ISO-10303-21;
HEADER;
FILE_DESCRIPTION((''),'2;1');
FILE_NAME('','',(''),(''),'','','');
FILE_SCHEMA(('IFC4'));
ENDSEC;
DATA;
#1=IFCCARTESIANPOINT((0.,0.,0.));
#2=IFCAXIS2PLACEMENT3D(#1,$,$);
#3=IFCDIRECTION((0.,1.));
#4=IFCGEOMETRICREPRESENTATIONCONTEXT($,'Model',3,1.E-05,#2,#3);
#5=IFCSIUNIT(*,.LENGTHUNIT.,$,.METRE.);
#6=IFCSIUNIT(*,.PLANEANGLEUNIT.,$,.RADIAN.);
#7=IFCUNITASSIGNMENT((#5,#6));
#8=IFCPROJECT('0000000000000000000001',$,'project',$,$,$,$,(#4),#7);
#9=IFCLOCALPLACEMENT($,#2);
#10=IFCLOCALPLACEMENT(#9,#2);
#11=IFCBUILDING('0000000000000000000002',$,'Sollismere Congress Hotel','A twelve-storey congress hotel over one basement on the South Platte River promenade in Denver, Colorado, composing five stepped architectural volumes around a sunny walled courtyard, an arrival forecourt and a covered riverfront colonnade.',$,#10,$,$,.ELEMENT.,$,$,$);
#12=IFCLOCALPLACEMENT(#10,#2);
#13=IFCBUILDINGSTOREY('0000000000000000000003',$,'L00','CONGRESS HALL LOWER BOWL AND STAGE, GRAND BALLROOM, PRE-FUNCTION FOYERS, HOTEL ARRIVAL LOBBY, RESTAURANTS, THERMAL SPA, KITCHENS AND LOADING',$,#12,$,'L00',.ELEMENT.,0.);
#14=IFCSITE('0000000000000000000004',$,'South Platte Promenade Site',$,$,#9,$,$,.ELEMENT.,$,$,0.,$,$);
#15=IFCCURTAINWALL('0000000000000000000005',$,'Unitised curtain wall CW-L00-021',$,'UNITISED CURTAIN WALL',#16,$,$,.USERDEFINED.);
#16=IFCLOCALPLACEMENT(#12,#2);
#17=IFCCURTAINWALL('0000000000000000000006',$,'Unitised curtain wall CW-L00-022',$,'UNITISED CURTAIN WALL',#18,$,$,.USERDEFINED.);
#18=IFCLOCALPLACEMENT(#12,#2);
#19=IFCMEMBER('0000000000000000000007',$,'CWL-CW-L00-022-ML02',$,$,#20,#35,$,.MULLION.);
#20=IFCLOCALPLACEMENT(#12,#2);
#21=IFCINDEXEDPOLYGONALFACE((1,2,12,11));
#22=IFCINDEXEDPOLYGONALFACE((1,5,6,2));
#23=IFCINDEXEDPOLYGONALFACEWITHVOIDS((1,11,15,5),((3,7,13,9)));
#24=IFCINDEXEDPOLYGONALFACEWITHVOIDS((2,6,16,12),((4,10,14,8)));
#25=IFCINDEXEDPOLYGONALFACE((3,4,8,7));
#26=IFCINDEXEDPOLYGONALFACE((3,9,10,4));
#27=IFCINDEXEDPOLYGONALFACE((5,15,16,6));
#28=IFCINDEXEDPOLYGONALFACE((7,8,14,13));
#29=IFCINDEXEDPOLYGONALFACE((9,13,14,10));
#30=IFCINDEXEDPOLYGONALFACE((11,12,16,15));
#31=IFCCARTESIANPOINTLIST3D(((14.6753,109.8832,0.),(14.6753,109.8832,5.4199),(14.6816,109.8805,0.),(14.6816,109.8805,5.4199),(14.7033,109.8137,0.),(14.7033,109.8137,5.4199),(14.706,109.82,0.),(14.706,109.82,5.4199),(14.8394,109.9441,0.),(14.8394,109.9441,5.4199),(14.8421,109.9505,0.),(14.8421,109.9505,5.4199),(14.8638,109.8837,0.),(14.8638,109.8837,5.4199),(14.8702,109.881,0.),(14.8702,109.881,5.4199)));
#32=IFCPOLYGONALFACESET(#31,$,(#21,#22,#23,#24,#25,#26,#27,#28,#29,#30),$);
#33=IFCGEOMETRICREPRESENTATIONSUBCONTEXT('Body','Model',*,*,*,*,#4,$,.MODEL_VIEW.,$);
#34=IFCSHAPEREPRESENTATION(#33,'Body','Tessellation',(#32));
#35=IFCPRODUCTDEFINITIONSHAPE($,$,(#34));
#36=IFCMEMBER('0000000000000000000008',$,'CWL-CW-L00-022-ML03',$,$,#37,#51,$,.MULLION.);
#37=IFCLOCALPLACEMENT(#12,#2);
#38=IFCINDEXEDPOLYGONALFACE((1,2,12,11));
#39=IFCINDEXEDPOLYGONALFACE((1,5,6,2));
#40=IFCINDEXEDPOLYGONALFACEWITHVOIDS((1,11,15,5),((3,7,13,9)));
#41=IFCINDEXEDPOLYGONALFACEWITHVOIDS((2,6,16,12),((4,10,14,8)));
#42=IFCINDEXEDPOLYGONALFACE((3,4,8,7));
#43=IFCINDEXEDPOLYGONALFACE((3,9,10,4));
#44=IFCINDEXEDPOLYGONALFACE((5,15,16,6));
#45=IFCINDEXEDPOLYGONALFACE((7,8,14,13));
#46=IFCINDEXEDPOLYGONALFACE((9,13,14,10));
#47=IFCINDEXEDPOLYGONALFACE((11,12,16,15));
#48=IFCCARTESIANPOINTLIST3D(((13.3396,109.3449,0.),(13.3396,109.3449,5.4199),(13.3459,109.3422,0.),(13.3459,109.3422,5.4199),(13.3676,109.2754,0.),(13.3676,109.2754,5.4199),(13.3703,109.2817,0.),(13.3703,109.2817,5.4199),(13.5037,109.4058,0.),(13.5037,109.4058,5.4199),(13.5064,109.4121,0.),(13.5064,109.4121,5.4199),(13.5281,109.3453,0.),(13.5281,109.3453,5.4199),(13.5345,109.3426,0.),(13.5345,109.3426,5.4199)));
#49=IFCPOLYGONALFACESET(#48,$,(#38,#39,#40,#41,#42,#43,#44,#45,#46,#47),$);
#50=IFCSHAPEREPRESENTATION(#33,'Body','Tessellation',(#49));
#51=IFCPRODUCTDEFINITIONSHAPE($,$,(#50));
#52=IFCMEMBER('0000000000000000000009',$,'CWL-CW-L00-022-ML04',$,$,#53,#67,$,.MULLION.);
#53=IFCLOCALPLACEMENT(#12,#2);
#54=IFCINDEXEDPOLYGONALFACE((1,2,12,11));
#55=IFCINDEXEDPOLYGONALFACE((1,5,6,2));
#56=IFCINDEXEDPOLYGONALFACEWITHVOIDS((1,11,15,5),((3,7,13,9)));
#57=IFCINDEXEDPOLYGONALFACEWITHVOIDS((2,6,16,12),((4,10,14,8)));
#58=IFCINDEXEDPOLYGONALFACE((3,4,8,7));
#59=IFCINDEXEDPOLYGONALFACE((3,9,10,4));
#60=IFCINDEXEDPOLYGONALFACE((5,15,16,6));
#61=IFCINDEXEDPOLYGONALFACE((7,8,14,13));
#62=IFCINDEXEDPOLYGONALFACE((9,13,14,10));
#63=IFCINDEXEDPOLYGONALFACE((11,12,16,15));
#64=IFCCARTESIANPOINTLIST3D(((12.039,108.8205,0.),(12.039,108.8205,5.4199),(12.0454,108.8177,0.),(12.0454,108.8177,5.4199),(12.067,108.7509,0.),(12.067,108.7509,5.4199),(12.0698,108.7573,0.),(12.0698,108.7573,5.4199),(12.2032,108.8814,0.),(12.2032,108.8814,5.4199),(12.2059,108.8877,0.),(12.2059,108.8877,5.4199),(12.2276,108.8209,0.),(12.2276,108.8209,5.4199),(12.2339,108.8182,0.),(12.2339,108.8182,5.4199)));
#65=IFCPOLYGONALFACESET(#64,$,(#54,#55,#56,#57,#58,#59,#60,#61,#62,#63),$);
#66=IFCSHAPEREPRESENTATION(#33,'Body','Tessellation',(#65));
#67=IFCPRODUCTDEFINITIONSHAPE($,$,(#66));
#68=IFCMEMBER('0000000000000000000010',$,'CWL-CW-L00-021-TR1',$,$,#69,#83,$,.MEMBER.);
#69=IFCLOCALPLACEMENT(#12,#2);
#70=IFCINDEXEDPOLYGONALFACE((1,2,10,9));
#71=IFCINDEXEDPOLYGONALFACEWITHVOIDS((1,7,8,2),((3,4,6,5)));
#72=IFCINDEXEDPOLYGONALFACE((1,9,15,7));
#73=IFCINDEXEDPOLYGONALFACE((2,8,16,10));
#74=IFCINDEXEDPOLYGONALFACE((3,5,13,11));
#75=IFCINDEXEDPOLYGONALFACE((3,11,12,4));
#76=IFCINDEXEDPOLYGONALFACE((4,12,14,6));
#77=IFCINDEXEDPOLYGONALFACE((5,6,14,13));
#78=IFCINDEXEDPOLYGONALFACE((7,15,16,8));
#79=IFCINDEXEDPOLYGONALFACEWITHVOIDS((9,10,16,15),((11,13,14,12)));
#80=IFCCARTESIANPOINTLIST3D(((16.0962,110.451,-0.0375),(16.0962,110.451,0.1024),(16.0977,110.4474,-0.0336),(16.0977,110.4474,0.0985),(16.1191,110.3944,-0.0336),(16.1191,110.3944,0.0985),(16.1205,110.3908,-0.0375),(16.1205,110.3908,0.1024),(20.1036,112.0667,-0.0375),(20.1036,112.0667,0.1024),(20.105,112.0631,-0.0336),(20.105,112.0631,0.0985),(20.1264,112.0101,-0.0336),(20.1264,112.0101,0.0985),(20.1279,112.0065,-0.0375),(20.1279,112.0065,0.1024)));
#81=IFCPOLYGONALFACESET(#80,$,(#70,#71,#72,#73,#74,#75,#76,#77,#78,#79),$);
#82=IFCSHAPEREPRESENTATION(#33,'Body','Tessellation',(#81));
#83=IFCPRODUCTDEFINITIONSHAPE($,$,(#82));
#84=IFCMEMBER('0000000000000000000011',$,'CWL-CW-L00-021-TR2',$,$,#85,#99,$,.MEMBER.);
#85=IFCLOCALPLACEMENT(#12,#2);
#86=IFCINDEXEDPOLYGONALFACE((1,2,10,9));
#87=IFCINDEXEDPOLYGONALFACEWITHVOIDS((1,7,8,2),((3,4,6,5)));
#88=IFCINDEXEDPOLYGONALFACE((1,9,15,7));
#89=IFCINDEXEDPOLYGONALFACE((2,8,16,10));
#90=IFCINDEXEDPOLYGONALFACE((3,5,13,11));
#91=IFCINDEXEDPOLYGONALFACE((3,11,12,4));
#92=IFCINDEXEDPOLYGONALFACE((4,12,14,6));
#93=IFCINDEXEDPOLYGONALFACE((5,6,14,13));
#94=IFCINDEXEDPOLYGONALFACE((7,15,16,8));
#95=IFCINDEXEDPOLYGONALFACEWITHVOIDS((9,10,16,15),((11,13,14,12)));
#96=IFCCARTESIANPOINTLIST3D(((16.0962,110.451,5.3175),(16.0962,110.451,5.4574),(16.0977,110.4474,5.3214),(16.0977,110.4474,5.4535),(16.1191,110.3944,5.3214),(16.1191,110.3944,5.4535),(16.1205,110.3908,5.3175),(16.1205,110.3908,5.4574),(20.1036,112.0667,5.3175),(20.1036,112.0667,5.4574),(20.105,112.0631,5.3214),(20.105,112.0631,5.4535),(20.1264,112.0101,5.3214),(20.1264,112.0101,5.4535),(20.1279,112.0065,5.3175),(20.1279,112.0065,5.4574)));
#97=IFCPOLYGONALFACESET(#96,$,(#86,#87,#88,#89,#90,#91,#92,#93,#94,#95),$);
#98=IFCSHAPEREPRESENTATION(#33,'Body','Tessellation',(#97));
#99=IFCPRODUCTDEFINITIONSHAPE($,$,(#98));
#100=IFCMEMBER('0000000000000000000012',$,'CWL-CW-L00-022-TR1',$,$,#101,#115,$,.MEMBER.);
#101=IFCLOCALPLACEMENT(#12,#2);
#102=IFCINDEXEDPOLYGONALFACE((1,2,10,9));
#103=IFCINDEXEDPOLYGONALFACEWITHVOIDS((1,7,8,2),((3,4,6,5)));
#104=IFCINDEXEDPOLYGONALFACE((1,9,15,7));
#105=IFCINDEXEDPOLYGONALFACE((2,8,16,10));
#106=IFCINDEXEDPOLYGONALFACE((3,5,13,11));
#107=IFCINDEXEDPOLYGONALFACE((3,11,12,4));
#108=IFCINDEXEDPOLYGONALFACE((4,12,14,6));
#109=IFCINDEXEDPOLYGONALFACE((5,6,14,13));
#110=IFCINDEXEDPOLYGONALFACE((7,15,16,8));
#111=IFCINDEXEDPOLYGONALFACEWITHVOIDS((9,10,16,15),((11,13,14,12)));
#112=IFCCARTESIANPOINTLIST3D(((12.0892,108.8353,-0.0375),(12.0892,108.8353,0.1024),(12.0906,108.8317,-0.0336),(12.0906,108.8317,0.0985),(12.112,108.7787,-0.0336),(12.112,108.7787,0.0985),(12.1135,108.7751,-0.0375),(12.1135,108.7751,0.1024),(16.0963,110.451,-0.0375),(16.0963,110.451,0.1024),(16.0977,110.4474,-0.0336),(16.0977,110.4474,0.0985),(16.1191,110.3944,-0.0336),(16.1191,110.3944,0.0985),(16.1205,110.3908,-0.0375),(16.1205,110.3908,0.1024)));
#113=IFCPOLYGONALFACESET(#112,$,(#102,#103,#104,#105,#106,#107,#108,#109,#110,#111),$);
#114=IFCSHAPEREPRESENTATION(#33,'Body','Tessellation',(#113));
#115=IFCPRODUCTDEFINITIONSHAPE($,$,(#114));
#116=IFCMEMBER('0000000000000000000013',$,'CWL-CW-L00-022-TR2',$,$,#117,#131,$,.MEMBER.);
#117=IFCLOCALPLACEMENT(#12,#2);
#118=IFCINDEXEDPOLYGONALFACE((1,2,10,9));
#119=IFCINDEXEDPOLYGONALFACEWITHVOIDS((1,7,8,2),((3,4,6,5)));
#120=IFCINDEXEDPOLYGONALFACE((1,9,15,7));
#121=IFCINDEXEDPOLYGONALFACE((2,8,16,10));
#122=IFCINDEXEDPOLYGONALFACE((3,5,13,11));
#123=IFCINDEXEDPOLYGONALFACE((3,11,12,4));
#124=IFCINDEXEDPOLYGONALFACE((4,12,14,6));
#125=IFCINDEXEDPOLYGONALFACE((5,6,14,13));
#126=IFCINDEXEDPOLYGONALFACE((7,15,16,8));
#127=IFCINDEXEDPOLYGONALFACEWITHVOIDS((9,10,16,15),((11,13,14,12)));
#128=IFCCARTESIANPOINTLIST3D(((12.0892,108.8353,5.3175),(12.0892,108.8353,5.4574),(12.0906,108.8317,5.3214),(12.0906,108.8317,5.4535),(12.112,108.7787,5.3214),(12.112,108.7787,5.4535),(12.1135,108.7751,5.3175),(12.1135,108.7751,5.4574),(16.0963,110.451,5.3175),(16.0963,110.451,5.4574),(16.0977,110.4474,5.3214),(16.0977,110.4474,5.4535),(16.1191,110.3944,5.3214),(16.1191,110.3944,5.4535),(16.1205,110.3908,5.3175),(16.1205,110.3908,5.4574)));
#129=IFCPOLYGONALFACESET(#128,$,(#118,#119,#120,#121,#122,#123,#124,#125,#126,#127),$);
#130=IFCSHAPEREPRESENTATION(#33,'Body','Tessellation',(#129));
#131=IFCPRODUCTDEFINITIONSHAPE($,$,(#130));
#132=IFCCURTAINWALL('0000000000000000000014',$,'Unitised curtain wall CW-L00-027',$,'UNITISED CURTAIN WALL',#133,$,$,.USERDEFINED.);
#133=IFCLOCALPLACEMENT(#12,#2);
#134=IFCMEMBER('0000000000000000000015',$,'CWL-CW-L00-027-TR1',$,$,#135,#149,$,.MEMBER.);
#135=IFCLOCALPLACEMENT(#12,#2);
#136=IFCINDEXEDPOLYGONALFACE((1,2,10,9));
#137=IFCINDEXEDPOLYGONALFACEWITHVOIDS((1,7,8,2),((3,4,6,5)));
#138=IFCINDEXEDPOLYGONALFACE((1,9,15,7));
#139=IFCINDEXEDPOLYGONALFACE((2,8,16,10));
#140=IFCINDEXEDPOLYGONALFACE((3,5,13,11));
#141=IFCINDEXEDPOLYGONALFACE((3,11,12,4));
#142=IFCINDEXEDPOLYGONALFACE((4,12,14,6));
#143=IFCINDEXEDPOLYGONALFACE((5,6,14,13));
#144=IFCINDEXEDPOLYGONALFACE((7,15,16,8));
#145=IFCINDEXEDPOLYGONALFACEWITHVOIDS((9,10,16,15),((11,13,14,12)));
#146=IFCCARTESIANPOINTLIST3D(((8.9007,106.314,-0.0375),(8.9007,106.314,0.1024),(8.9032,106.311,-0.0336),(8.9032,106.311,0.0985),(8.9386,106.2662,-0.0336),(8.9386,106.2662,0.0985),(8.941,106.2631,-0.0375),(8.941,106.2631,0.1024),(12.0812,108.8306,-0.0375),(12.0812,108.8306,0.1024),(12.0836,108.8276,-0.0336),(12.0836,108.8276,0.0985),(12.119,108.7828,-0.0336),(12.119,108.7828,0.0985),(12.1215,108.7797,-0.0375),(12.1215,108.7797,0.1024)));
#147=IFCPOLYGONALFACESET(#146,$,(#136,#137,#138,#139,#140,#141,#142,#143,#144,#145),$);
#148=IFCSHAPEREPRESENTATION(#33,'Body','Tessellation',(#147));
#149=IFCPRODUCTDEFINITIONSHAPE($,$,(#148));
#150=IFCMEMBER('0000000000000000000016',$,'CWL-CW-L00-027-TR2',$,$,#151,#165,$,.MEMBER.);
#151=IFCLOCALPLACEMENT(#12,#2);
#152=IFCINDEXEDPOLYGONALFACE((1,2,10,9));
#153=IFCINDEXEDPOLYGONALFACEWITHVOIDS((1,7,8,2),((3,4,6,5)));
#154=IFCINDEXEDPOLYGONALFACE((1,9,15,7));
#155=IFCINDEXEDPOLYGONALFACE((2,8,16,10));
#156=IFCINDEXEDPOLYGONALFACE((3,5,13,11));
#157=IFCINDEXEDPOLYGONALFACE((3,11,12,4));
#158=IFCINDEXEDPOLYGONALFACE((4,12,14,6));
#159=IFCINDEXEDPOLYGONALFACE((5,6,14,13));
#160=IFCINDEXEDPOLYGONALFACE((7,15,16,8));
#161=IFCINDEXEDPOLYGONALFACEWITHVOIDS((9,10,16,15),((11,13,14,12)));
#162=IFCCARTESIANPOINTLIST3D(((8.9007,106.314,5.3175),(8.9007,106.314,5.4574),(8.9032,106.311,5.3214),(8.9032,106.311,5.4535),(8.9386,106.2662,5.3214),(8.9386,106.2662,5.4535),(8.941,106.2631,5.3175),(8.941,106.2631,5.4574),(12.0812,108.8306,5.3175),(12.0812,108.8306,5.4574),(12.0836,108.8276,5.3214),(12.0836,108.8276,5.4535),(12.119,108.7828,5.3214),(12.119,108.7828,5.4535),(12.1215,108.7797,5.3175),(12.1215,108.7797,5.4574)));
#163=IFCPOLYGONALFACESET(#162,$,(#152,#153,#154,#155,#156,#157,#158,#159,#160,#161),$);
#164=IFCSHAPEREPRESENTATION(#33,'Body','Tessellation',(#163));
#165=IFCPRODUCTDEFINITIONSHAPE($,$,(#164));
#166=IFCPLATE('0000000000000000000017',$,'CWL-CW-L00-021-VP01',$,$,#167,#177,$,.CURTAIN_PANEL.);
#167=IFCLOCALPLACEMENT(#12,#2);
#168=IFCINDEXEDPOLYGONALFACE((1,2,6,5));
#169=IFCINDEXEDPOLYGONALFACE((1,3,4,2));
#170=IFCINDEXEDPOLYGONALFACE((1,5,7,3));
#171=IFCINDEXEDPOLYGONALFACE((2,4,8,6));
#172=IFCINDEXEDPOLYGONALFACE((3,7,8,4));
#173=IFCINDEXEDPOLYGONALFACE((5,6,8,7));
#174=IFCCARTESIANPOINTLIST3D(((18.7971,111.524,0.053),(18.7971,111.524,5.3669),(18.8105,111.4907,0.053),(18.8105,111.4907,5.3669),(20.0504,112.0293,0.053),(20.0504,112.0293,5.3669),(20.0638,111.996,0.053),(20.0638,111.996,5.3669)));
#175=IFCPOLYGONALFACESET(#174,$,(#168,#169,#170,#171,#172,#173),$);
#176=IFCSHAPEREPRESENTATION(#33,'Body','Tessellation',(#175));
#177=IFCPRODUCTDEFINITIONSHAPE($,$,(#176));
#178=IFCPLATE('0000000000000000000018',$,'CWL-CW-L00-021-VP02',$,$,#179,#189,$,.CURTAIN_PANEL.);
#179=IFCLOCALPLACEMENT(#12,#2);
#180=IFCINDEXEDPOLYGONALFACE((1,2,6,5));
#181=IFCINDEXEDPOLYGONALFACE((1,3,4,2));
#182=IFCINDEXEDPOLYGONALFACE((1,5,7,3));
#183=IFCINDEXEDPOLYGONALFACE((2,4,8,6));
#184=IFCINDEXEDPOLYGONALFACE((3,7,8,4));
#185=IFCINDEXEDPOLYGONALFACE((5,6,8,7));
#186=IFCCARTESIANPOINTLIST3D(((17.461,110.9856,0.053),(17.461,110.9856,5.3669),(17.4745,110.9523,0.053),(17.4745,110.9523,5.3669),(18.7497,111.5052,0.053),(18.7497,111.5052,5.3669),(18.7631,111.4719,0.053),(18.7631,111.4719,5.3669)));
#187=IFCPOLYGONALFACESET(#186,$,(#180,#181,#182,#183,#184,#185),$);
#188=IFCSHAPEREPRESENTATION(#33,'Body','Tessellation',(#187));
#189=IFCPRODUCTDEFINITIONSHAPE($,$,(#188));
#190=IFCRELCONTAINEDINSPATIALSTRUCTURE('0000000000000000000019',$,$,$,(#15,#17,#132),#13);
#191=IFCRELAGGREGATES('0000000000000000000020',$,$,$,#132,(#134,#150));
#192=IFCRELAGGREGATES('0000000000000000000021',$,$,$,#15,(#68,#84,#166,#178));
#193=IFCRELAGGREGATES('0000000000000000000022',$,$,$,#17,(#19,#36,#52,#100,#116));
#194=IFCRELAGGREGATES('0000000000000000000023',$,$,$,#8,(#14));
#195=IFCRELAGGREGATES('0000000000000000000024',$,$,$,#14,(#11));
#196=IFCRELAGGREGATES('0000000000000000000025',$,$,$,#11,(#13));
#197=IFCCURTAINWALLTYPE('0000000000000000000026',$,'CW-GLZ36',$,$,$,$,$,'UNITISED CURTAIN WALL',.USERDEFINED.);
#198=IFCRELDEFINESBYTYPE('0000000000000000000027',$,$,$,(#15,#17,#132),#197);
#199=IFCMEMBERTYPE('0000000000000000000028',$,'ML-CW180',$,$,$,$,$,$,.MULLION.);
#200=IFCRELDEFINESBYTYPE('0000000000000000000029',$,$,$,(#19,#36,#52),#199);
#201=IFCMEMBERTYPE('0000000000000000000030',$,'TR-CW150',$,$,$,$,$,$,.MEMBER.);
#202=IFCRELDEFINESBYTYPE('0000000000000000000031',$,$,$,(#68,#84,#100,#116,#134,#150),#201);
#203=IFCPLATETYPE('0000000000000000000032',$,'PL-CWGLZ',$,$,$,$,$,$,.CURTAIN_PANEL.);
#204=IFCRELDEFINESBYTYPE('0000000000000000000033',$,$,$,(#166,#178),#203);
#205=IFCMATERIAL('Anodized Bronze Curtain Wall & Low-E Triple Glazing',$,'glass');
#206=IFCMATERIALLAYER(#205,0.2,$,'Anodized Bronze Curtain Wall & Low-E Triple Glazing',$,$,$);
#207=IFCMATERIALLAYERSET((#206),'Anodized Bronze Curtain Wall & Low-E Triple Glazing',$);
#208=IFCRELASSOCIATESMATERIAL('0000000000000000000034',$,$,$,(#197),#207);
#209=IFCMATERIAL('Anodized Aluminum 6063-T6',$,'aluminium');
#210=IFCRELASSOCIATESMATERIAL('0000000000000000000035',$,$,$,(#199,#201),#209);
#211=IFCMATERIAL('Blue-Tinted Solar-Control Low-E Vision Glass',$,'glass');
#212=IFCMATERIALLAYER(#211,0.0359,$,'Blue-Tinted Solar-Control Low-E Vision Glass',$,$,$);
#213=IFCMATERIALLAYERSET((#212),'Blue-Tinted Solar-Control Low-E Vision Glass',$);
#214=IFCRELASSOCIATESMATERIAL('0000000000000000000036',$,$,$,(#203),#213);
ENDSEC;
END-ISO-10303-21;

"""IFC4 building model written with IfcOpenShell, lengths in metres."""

from ifc_helpers import new_model, si_unit, direction, frame, origin, origin_2d, place, context, subcontext, project, spatial, rectangle, hollow_rectangle, extrude, material, layer, layer_set, material_profile, profile_set, type_object, element, aggregate, save


model = new_model("IFC4")

# Units and contexts
model_context = context("Model", 3, precision=1e-05, world=origin(), true_north=direction((0.0, 1.0)))
body_context = subcontext(model_context, "Body", "Model", "MODEL_VIEW")
ifc_project = project(units=[si_unit("LENGTHUNIT", "METRE"), si_unit("PLANEANGLEUNIT", "RADIAN")], contexts=[model_context])

# Site, building, storey
site_placement = place(None, origin())
site = spatial("IfcSite", under=ifc_project, at=site_placement, Name="South Platte Promenade Site", CompositionType="ELEMENT", RefElevation=0.0)
building_placement = place(site_placement, origin())
building = spatial("IfcBuilding", under=site, at=building_placement, Name="Sollismere Congress Hotel", Description="A twelve-storey congress hotel over one basement on the South Platte River promenade in Denver, Colorado, composing five stepped architectural volumes around a sunny walled courtyard, an arrival forecourt and a covered riverfront colonnade.", CompositionType="ELEMENT")
storey_placement = place(building_placement, origin())
storey = spatial("IfcBuildingStorey", under=building, at=storey_placement, Name="L00", Description="CONGRESS HALL LOWER BOWL AND STAGE, GRAND BALLROOM, PRE-FUNCTION FOYERS, HOTEL ARRIVAL LOBBY, RESTAURANTS, THERMAL SPA, KITCHENS AND LOADING", LongName="L00", CompositionType="ELEMENT", Elevation=0.0)

# Curtain walls, members
ifc_material_1 = material(Name="Anodized Bronze Curtain Wall & Low-E Triple Glazing", Category="glass")
ifc_layer_1 = layer(ifc_material_1, 0.2, Name="Anodized Bronze Curtain Wall & Low-E Triple Glazing")
ifc_layer_set_1 = layer_set([ifc_layer_1], Name="Anodized Bronze Curtain Wall & Low-E Triple Glazing")
curtain_wall_type = type_object("IfcCurtainWallType", Name="CW-GLZ36", ElementType="UNITISED CURTAIN WALL", PredefinedType="USERDEFINED", material=ifc_layer_set_1)
curtain_wall_1_placement = place(storey_placement, origin())
curtain_wall_1 = element("IfcCurtainWall", 1, at=curtain_wall_1_placement, inside=storey, type_object=curtain_wall_type, Name="Unitised curtain wall CW-L00-021", ObjectType="UNITISED CURTAIN WALL", PredefinedType="USERDEFINED")
ifc_material_2 = material(Name="Anodized Aluminum 6063-T6", Category="aluminium")
ifc_material_profile_1 = material_profile(ifc_material_2, hollow_rectangle(XDim=0.075, YDim=0.1799, WallThickness=0.0049, at=origin_2d()), Name="ALU180X75X5")
ifc_profile_set_1 = profile_set([ifc_material_profile_1], Name="Anodized Aluminum 6063-T6")
member_type_1 = type_object("IfcMemberType", Name="ML-CW180", PredefinedType="MULLION", material=ifc_profile_set_1)
curtain_wall_2_placement = place(storey_placement, origin())
curtain_wall_2 = element("IfcCurtainWall", 2, at=curtain_wall_2_placement, inside=storey, type_object=curtain_wall_type, Name="Unitised curtain wall CW-L00-022", ObjectType="UNITISED CURTAIN WALL", PredefinedType="USERDEFINED")
member_1_placement = place(storey_placement, frame((14.7727, 109.8821, 0.0), z_axis=(0.0, 0.0, 1.0), x_axis=(0.373943, -0.927452, 0.0)))
member_1 = element("IfcMember", 3, at=member_1_placement, type_object=member_type_1, Name="CWL-CW-L00-022-ML02", PredefinedType="MULLION", context=body_context, shape_type="SweptSolid", body=[
    extrude(hollow_rectangle(XDim=0.075, YDim=0.1799, WallThickness=0.0049, at=origin_2d()), origin(), (0.0, 0.0, 1.0), 5.4199),
])
member_2_placement = place(storey_placement, frame((13.437, 109.3438, 0.0), z_axis=(0.0, 0.0, 1.0), x_axis=(0.373943, -0.927452, 0.0)))
member_2 = element("IfcMember", 4, at=member_2_placement, type_object=member_type_1, Name="CWL-CW-L00-022-ML03", PredefinedType="MULLION", context=body_context, shape_type="SweptSolid", body=[
    extrude(hollow_rectangle(XDim=0.075, YDim=0.1799, WallThickness=0.0049, at=origin_2d()), origin(), (0.0, 0.0, 1.0), 5.4199),
])
member_3_placement = place(storey_placement, frame((12.1365, 108.8193, 0.0), z_axis=(0.0, 0.0, 1.0), x_axis=(0.373943, -0.927452, 0.0)))
member_3 = element("IfcMember", 5, at=member_3_placement, type_object=member_type_1, Name="CWL-CW-L00-022-ML04", PredefinedType="MULLION", context=body_context, shape_type="SweptSolid", body=[
    extrude(hollow_rectangle(XDim=0.075, YDim=0.1799, WallThickness=0.0049, at=origin_2d()), origin(), (0.0, 0.0, 1.0), 5.4199),
])

# Members
ifc_material_profile_2 = material_profile(ifc_material_2, hollow_rectangle(XDim=0.0649, YDim=0.1399, WallThickness=0.0039, at=origin_2d()), Name="ALU140X65X4")
ifc_profile_set_2 = profile_set([ifc_material_profile_2], Name="Anodized Aluminum 6063-T6")
member_type_2 = type_object("IfcMemberType", Name="TR-CW150", PredefinedType="MEMBER", material=ifc_profile_set_2)
member_4_placement = place(storey_placement, frame((20.1157, 112.0366, 0.0325), z_axis=(-0.927452, -0.373942, 0.0), x_axis=(0.373942, -0.927452, 0.0)))
member_4 = element("IfcMember", 6, at=member_4_placement, type_object=member_type_2, Name="CWL-CW-L00-021-TR1", PredefinedType="MEMBER", context=body_context, shape_type="SweptSolid", body=[
    extrude(hollow_rectangle(XDim=0.0649, YDim=0.1399, WallThickness=0.0039, at=origin_2d()), origin(), (0.0, 0.0, 1.0), 4.3208),
])
member_5_placement = place(storey_placement, frame((20.1157, 112.0366, 5.3875), z_axis=(-0.927452, -0.373942, 0.0), x_axis=(0.373942, -0.927452, 0.0)))
member_5 = element("IfcMember", 7, at=member_5_placement, type_object=member_type_2, Name="CWL-CW-L00-021-TR2", PredefinedType="MEMBER", context=body_context, shape_type="SweptSolid", body=[
    extrude(hollow_rectangle(XDim=0.0649, YDim=0.1399, WallThickness=0.0039, at=origin_2d()), origin(), (0.0, 0.0, 1.0), 4.3208),
])
member_6_placement = place(storey_placement, frame((16.1084, 110.4209, 0.0325), z_axis=(-0.927444, -0.373961, 0.0), x_axis=(0.373961, -0.927444, 0.0)))
member_6 = element("IfcMember", 8, at=member_6_placement, type_object=member_type_2, Name="CWL-CW-L00-022-TR1", PredefinedType="MEMBER", context=body_context, shape_type="SweptSolid", body=[
    extrude(hollow_rectangle(XDim=0.0649, YDim=0.1399, WallThickness=0.0039, at=origin_2d()), origin(), (0.0, 0.0, 1.0), 4.3206),
])
member_7_placement = place(storey_placement, frame((16.1084, 110.4209, 5.3875), z_axis=(-0.927444, -0.373961, 0.0), x_axis=(0.373961, -0.927444, 0.0)))
member_7 = element("IfcMember", 9, at=member_7_placement, type_object=member_type_2, Name="CWL-CW-L00-022-TR2", PredefinedType="MEMBER", context=body_context, shape_type="SweptSolid", body=[
    extrude(hollow_rectangle(XDim=0.0649, YDim=0.1399, WallThickness=0.0039, at=origin_2d()), origin(), (0.0, 0.0, 1.0), 4.3206),
])

# Curtain wall, members
curtain_wall_3_placement = place(storey_placement, origin())
curtain_wall_3 = element("IfcCurtainWall", 10, at=curtain_wall_3_placement, inside=storey, type_object=curtain_wall_type, Name="Unitised curtain wall CW-L00-027", ObjectType="UNITISED CURTAIN WALL", PredefinedType="USERDEFINED")
member_8_placement = place(storey_placement, frame((12.1013, 108.8052, 0.0325), z_axis=(-0.784194, -0.620516, 0.0), x_axis=(0.620516, -0.784194, 0.0)))
member_8 = element("IfcMember", 11, at=member_8_placement, type_object=member_type_2, Name="CWL-CW-L00-027-TR1", PredefinedType="MEMBER", context=body_context, shape_type="SweptSolid", body=[
    extrude(hollow_rectangle(XDim=0.0649, YDim=0.1399, WallThickness=0.0039, at=origin_2d()), origin(), (0.0, 0.0, 1.0), 4.0557),
])
member_9_placement = place(storey_placement, frame((12.1013, 108.8052, 5.3875), z_axis=(-0.784194, -0.620516, 0.0), x_axis=(0.620516, -0.784194, 0.0)))
member_9 = element("IfcMember", 12, at=member_9_placement, type_object=member_type_2, Name="CWL-CW-L00-027-TR2", PredefinedType="MEMBER", context=body_context, shape_type="SweptSolid", body=[
    extrude(hollow_rectangle(XDim=0.0649, YDim=0.1399, WallThickness=0.0039, at=origin_2d()), origin(), (0.0, 0.0, 1.0), 4.0557),
])
aggregate(curtain_wall_3, [member_8, member_9])

# Plates
ifc_material_3 = material(Name="Blue-Tinted Solar-Control Low-E Vision Glass", Category="glass")
ifc_layer_2 = layer(ifc_material_3, 0.0359, Name="Blue-Tinted Solar-Control Low-E Vision Glass")
ifc_layer_set_2 = layer_set([ifc_layer_2], Name="Blue-Tinted Solar-Control Low-E Vision Glass")
plate_type_1 = type_object("IfcPlateType", Name="PL-CWGLZ", PredefinedType="CURTAIN_PANEL", material=ifc_layer_set_2)
plate_1_placement = place(storey_placement, frame((19.4304, 111.76, 0.053), z_axis=(0.0, 0.0, 1.0), x_axis=(-0.927452, -0.373943, 0.0)))
plate_1 = element("IfcPlate", 13, at=plate_1_placement, type_object=plate_type_1, Name="CWL-CW-L00-021-VP01", PredefinedType="CURTAIN_PANEL", context=body_context, shape_type="SweptSolid", body=[
    extrude(rectangle(XDim=1.3513, YDim=0.0359, at=origin_2d()), origin(), (0.0, 0.0, 1.0), 5.314),
])
plate_2_placement = place(storey_placement, frame((18.1121, 111.2288, 0.053), z_axis=(0.0, 0.0, 1.0), x_axis=(-0.927452, -0.373943, 0.0)))
plate_2 = element("IfcPlate", 14, at=plate_2_placement, type_object=plate_type_1, Name="CWL-CW-L00-021-VP02", PredefinedType="CURTAIN_PANEL", context=body_context, shape_type="SweptSolid", body=[
    extrude(rectangle(XDim=1.3894, YDim=0.0359, at=origin_2d()), origin(), (0.0, 0.0, 1.0), 5.314),
])
aggregate(curtain_wall_1, [member_4, member_5, plate_1, plate_2])
aggregate(curtain_wall_2, [member_1, member_2, member_3, member_6, member_7])

save(model, "model.ifc")
